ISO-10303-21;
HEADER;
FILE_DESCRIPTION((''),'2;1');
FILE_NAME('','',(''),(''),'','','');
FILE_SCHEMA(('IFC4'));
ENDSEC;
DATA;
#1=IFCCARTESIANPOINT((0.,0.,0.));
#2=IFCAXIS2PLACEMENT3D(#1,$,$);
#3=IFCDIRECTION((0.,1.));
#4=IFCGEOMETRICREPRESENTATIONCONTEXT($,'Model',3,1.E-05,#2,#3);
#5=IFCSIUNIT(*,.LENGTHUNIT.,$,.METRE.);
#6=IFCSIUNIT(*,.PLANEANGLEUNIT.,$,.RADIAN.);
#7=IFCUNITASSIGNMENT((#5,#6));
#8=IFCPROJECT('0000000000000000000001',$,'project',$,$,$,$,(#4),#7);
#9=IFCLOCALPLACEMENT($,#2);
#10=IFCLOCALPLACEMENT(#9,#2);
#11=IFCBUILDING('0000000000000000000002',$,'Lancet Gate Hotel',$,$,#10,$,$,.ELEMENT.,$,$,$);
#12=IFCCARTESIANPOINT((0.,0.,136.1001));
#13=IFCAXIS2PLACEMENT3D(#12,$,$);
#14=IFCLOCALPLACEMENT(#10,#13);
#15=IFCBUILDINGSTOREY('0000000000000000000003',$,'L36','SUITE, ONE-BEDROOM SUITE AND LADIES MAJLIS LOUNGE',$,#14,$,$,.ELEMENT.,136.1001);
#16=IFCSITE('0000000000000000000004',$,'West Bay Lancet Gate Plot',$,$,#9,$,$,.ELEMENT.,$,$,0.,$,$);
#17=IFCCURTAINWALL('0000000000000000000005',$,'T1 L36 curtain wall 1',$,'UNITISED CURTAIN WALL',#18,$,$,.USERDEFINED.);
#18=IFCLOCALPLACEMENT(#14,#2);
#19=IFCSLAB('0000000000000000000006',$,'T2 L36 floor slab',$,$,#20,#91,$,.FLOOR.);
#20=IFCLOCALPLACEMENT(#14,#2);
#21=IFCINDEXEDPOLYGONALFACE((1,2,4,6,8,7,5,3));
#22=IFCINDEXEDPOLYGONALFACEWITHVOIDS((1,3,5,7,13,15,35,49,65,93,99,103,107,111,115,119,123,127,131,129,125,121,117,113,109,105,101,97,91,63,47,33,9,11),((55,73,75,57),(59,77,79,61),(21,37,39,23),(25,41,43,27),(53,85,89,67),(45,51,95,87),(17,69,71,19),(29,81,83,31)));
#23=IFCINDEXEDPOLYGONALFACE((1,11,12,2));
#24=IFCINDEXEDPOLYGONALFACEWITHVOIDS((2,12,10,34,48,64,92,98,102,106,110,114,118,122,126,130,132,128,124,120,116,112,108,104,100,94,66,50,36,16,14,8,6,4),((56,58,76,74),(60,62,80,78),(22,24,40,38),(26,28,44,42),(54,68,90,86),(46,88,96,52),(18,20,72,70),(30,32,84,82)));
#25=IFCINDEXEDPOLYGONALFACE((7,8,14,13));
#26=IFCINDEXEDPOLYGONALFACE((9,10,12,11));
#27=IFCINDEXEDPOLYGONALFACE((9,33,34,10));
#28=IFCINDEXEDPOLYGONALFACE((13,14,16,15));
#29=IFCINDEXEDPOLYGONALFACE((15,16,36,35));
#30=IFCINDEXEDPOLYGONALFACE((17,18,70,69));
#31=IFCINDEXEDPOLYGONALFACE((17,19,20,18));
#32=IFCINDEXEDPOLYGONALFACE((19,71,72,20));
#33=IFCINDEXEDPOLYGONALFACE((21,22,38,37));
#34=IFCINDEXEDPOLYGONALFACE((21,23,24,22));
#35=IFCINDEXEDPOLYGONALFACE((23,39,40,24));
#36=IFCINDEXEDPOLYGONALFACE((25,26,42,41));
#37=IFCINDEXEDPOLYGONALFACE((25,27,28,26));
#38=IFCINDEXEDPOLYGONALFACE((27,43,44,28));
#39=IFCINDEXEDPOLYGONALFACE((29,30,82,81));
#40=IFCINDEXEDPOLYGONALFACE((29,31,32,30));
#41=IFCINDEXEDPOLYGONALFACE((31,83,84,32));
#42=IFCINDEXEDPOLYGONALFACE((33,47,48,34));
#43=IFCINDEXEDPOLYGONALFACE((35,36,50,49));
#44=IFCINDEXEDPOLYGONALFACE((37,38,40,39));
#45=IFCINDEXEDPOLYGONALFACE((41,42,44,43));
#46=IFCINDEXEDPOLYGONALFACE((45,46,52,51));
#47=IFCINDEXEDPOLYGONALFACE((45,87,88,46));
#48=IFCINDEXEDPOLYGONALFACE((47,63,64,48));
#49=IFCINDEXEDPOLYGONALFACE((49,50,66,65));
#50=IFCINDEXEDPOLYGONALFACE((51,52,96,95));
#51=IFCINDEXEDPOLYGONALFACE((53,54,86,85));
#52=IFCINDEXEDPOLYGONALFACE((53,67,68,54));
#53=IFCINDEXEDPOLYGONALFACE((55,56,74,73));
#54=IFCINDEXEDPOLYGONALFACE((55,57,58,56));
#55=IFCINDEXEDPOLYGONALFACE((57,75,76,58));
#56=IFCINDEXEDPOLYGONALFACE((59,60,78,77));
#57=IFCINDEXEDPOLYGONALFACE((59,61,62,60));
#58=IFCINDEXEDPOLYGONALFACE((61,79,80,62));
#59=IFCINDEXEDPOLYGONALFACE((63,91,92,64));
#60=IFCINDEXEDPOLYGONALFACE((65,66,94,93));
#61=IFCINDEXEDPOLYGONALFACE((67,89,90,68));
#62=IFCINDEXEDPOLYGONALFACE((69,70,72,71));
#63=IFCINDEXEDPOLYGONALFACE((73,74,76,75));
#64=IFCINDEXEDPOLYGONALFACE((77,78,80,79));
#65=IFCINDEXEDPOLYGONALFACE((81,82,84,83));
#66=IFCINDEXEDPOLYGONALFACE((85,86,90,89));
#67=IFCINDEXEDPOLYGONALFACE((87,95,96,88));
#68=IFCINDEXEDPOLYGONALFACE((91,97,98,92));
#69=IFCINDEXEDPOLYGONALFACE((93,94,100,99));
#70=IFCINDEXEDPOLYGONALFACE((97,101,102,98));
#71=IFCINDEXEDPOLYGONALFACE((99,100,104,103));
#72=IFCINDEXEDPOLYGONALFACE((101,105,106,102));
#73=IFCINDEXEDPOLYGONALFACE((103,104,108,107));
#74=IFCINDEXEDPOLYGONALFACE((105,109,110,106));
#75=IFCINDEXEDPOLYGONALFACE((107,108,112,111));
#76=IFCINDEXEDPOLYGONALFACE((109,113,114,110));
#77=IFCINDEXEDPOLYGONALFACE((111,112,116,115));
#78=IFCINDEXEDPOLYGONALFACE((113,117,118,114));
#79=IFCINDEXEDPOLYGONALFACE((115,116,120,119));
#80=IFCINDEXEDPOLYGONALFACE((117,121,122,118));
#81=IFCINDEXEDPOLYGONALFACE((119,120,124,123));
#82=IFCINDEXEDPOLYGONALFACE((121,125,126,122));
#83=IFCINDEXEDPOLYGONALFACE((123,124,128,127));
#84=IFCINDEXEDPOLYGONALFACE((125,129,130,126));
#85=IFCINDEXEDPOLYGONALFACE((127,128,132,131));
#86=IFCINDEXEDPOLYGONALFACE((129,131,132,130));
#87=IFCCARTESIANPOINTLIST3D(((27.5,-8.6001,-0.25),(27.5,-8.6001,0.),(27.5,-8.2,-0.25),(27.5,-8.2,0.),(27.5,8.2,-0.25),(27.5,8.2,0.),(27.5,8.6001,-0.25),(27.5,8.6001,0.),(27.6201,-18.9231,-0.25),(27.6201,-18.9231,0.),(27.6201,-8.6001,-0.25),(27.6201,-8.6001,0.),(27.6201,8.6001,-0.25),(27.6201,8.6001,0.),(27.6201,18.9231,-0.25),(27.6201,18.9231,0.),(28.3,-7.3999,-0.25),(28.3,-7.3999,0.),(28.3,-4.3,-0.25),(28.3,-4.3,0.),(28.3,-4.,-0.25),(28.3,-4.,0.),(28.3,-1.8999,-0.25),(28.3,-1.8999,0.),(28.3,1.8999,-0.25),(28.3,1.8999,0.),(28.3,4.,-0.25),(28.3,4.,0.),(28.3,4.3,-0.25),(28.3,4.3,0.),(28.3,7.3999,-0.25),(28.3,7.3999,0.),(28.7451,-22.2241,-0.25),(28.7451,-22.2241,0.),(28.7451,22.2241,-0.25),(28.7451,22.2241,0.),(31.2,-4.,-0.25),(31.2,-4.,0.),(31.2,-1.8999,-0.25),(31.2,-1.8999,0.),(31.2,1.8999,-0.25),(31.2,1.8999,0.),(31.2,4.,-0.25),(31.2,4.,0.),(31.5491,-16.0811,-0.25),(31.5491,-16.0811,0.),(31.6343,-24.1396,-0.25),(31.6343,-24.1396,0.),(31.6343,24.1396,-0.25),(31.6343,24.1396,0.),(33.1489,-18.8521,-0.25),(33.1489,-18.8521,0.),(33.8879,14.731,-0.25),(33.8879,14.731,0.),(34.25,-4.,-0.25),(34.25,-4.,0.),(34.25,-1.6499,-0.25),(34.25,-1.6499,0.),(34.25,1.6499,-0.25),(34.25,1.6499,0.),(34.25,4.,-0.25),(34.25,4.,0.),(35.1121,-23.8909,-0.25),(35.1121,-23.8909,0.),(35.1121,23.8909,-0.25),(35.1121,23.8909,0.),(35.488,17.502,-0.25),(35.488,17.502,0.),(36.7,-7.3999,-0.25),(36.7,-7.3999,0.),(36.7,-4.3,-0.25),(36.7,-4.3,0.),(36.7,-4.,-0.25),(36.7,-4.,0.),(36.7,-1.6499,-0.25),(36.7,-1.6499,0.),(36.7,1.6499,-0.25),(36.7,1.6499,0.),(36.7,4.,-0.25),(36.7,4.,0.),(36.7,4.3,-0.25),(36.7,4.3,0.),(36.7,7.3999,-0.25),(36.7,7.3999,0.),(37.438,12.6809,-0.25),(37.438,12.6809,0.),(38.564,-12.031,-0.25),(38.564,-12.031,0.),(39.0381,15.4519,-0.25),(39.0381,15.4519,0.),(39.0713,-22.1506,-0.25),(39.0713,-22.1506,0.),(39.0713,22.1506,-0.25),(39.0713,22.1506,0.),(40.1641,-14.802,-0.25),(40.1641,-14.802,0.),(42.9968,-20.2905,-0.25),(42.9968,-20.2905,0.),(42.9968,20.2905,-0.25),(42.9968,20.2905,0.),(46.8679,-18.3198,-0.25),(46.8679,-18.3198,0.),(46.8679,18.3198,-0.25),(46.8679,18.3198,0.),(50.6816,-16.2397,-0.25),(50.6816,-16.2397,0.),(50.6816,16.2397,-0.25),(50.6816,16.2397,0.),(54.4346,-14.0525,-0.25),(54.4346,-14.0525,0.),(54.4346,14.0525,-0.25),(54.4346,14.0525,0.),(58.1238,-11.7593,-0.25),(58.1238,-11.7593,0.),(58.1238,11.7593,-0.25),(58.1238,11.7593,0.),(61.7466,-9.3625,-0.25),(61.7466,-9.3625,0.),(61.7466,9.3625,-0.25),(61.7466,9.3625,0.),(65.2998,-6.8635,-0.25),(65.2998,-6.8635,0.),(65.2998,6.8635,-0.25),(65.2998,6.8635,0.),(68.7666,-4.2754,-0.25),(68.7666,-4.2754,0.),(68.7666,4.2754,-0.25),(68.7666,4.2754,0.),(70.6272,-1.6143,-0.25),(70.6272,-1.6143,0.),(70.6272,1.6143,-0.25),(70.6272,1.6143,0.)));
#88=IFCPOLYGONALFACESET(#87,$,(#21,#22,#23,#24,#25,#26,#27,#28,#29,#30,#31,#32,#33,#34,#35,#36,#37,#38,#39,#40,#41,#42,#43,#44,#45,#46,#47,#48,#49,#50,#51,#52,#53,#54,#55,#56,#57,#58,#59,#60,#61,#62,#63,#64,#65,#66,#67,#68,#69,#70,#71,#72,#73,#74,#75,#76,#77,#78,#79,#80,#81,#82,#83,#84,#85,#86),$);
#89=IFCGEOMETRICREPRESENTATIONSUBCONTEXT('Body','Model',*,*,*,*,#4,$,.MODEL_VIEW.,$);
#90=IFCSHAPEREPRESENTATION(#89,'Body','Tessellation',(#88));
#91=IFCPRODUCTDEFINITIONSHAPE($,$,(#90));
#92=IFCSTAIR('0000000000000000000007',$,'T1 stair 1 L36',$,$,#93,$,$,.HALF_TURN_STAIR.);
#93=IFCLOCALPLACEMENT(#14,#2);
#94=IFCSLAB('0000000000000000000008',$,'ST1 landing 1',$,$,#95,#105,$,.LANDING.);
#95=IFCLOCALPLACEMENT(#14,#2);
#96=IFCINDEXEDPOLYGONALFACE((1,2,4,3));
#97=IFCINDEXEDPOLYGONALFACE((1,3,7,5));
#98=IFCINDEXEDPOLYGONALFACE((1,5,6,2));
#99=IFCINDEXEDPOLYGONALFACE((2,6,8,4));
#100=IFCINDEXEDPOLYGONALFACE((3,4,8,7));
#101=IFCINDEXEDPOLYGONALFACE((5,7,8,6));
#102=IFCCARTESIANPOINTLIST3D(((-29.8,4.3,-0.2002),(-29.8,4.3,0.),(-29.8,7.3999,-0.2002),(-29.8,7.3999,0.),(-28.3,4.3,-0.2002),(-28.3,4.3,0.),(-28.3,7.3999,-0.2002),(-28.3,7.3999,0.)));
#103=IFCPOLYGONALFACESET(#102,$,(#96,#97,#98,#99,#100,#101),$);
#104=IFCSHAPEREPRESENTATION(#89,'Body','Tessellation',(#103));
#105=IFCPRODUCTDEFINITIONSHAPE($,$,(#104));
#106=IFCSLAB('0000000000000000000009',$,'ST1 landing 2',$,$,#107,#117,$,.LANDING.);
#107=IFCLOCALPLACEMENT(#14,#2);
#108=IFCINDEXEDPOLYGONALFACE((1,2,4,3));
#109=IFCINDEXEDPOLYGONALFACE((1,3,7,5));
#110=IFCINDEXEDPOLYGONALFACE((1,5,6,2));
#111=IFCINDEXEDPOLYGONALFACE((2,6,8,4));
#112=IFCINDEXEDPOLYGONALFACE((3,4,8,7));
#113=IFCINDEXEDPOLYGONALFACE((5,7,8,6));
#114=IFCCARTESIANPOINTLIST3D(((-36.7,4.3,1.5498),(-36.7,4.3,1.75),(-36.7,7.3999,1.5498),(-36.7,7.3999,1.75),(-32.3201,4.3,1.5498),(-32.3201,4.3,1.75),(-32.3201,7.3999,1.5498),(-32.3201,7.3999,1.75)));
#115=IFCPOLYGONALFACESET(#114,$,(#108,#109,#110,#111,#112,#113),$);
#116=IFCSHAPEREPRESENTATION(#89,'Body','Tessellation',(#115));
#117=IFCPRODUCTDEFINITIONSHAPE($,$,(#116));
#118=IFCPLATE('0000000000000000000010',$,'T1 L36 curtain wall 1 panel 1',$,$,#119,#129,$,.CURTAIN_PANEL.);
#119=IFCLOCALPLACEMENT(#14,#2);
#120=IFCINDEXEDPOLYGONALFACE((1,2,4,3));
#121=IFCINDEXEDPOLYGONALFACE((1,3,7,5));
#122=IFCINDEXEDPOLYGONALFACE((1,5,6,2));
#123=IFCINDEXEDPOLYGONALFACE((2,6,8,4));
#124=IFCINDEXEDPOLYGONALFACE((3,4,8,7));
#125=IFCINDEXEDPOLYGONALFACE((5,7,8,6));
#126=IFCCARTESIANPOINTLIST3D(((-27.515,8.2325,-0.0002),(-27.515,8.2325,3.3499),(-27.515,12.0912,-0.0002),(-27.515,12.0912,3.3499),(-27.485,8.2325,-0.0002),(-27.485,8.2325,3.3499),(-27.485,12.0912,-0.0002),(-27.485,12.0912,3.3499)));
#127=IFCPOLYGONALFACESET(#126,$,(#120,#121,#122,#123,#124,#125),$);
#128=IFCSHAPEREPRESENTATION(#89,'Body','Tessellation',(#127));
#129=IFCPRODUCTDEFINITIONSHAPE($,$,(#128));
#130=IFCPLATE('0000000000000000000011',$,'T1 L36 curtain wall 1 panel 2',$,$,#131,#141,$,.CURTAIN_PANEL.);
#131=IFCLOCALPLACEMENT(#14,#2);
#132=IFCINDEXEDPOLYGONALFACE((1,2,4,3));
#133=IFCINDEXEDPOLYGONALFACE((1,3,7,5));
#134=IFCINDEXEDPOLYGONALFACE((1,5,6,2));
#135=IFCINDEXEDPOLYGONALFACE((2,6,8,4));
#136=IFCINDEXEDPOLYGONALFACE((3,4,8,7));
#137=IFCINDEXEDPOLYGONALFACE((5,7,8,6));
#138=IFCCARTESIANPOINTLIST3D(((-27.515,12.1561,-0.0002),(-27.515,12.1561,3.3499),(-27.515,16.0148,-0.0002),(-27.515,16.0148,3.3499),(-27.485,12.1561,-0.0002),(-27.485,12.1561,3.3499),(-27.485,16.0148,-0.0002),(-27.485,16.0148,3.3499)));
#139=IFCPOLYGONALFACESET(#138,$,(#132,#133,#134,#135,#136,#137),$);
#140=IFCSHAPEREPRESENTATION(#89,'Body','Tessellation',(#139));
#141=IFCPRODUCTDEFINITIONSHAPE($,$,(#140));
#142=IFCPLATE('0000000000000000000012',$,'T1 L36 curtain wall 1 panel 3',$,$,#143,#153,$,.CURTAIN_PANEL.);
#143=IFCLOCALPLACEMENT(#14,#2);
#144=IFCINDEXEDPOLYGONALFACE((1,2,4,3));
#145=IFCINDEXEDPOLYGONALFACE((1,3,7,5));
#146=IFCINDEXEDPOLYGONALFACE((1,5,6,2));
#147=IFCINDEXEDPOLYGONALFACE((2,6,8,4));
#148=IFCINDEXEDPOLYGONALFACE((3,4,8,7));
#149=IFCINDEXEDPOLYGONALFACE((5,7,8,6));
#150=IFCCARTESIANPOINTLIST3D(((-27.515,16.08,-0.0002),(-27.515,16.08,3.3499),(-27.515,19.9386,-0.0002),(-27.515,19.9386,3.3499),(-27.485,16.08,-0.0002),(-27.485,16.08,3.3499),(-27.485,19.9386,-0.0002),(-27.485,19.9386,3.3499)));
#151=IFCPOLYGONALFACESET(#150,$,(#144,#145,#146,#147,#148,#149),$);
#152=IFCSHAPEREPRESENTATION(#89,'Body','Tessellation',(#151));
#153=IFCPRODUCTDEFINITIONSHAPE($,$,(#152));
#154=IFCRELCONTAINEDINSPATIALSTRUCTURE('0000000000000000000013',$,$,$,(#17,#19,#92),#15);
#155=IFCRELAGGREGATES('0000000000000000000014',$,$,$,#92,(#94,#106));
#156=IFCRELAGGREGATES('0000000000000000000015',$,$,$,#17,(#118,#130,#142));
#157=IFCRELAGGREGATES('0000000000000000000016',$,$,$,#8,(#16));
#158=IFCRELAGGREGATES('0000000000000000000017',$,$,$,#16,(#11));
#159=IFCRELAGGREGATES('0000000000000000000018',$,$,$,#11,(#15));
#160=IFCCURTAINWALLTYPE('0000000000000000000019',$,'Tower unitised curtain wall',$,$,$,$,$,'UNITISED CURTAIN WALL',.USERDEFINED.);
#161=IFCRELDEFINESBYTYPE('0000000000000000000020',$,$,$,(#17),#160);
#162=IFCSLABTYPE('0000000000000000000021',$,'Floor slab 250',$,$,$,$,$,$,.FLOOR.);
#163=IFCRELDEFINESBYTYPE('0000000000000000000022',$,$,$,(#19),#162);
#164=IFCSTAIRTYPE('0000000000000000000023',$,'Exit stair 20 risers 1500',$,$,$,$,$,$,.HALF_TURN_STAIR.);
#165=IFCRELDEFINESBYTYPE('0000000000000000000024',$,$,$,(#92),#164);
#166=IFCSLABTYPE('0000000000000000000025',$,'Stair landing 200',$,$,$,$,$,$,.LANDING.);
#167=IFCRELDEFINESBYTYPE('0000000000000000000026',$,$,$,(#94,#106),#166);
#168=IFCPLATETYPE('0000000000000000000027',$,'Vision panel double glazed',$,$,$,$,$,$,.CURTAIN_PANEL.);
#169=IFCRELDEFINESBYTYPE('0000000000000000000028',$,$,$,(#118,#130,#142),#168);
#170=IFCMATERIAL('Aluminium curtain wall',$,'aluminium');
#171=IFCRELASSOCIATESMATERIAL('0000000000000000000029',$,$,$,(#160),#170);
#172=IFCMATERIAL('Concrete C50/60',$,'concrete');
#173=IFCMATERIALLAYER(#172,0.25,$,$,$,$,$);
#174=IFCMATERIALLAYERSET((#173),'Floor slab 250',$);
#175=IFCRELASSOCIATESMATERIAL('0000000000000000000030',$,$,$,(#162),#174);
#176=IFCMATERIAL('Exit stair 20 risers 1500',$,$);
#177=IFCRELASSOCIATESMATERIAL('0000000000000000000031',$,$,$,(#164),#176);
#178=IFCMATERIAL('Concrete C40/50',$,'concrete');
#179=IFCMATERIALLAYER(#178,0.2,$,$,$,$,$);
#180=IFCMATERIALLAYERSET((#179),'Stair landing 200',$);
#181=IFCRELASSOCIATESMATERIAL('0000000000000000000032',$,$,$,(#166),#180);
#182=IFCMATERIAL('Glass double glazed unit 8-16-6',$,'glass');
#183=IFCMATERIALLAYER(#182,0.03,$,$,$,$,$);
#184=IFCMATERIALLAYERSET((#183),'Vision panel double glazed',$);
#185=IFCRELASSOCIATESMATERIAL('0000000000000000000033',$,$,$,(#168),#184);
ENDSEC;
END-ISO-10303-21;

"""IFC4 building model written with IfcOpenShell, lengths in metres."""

from ifc_helpers import new_model, si_unit, direction, frame, origin, origin_2d, place, context, subcontext, project, spatial, polyline, rectangle, outline, extrude, material, layer, layer_set, type_object, element, aggregate, save


model = new_model("IFC4")

# Units and contexts
model_context = context("Model", 3, precision=1e-05, world=origin(), true_north=direction((0.0, 1.0)))
body_context = subcontext(model_context, "Body", "Model", "MODEL_VIEW")
ifc_project = project(units=[si_unit("LENGTHUNIT", "METRE"), si_unit("PLANEANGLEUNIT", "RADIAN")], contexts=[model_context])

# Site, building, storey
site_placement = place(None, origin())
site = spatial("IfcSite", under=ifc_project, at=site_placement, Name="West Bay Lancet Gate Plot", CompositionType="ELEMENT", RefElevation=0.0)
building_placement = place(site_placement, origin())
building = spatial("IfcBuilding", under=site, at=building_placement, Name="Lancet Gate Hotel", CompositionType="ELEMENT")
storey_placement = place(building_placement, frame((0.0, 0.0, 136.1001)))
storey = spatial("IfcBuildingStorey", under=building, at=storey_placement, Name="L36", Description="SUITE, ONE-BEDROOM SUITE AND LADIES MAJLIS LOUNGE", CompositionType="ELEMENT", Elevation=136.1001)

# Curtain wall
ifc_material_1 = material(Name="Aluminium curtain wall", Category="aluminium")
curtain_wall_type = type_object("IfcCurtainWallType", Name="Tower unitised curtain wall", ElementType="UNITISED CURTAIN WALL", PredefinedType="USERDEFINED", material=ifc_material_1)
curtain_wall_placement = place(storey_placement, origin())
curtain_wall = element("IfcCurtainWall", 1, at=curtain_wall_placement, inside=storey, type_object=curtain_wall_type, Name="T1 L36 curtain wall 1", ObjectType="UNITISED CURTAIN WALL", PredefinedType="USERDEFINED")

# Slab
ifc_material_2 = material(Name="Concrete C50/60", Category="concrete")
ifc_layer_1 = layer(ifc_material_2, 0.25)
ifc_layer_set_1 = layer_set([ifc_layer_1], Name="Floor slab 250")
slab_type_1 = type_object("IfcSlabType", Name="Floor slab 250", PredefinedType="FLOOR", material=ifc_layer_set_1)
slab_1_placement = place(storey_placement, frame((0.0, 0.0, -0.25)))
element("IfcSlab", 2, at=slab_1_placement, inside=storey, type_object=slab_type_1, Name="T2 L36 floor slab", PredefinedType="FLOOR", context=body_context, shape_type="SweptSolid", body=[
    extrude(outline(polyline([(27.5, -8.6001), (27.6201, -8.6001), (27.6201, -18.9231), (28.7451, -22.2241), (31.6343, -24.1396), (35.1121, -23.8909), (39.0713, -22.1506), (42.9968, -20.2905), (46.8679, -18.3198), (50.6816, -16.2397), (54.4346, -14.0525), (58.1238, -11.7593), (61.7466, -9.3625), (65.2998, -6.8635), (68.7666, -4.2754), (70.6272, -1.6143), (70.6272, 1.6143), (68.7666, 4.2754), (65.2998, 6.8635), (61.7466, 9.3625), (58.1238, 11.7593), (54.4346, 14.0525), (50.6816, 16.2397), (46.8679, 18.3198), (42.9968, 20.2905), (39.0713, 22.1506), (35.1121, 23.8909), (31.6343, 24.1396), (28.7451, 22.2241), (27.6201, 18.9231), (27.6201, 8.6001), (27.5, 8.6001), (27.5, 8.2), (27.5, -8.2), (27.5, -8.6001)]), holes=[polyline([(36.7, -7.3999), (36.7, -4.3), (28.3, -4.3), (28.3, -7.3999), (36.7, -7.3999)]), polyline([(28.3, -4.0), (31.2, -4.0), (31.2, -1.8999), (28.3, -1.8999), (28.3, -4.0)]), polyline([(34.25, -4.0), (36.7, -4.0), (36.7, -1.6499), (34.25, -1.6499), (34.25, -4.0)]), polyline([(36.7, 1.6499), (36.7, 4.0), (34.25, 4.0), (34.25, 1.6499), (36.7, 1.6499)]), polyline([(28.3, 1.8999), (31.2, 1.8999), (31.2, 4.0), (28.3, 4.0), (28.3, 1.8999)]), polyline([(28.3, 4.3), (36.7, 4.3), (36.7, 7.3999), (28.3, 7.3999), (28.3, 4.3)]), polyline([(31.5491, -16.0811), (33.1489, -18.8521), (40.1641, -14.802), (38.564, -12.031), (31.5491, -16.0811)]), polyline([(33.8879, 14.731), (37.438, 12.6809), (39.0381, 15.4519), (35.488, 17.502), (33.8879, 14.731)])]), origin(), (0.0, 0.0, 1.0), 0.25),
])

# Stair, slabs
ifc_material_3 = material(Name="Exit stair 20 risers 1500")
stair_type = type_object("IfcStairType", Name="Exit stair 20 risers 1500", PredefinedType="HALF_TURN_STAIR", material=ifc_material_3)
stair_placement = place(storey_placement, origin())
stair = element("IfcStair", 3, at=stair_placement, inside=storey, type_object=stair_type, Name="T1 stair 1 L36", PredefinedType="HALF_TURN_STAIR")
ifc_material_4 = material(Name="Concrete C40/50", Category="concrete")
ifc_layer_2 = layer(ifc_material_4, 0.2)
ifc_layer_set_2 = layer_set([ifc_layer_2], Name="Stair landing 200")
slab_type_2 = type_object("IfcSlabType", Name="Stair landing 200", PredefinedType="LANDING", material=ifc_layer_set_2)
slab_2_placement = place(storey_placement, frame((0.0, 0.0, -0.2002)))
slab_2 = element("IfcSlab", 4, at=slab_2_placement, type_object=slab_type_2, Name="ST1 landing 1", PredefinedType="LANDING", context=body_context, shape_type="SweptSolid", body=[
    extrude(outline(polyline([(-28.3, 7.3999), (-29.8, 7.3999), (-29.8, 4.3), (-28.3, 4.3), (-28.3, 7.3999)])), origin(), (0.0, 0.0, 1.0), 0.2002),
])
slab_3_placement = place(storey_placement, frame((0.0, 0.0, 1.5498)))
slab_3 = element("IfcSlab", 5, at=slab_3_placement, type_object=slab_type_2, Name="ST1 landing 2", PredefinedType="LANDING", context=body_context, shape_type="SweptSolid", body=[
    extrude(outline(polyline([(-32.3201, 7.3999), (-36.7, 7.3999), (-36.7, 4.3), (-32.3201, 4.3), (-32.3201, 7.3999)])), origin(), (0.0, 0.0, 1.0), 0.2002),
])
aggregate(stair, [slab_2, slab_3])

# Plates
ifc_material_5 = material(Name="Glass double glazed unit 8-16-6", Category="glass")
ifc_layer_3 = layer(ifc_material_5, 0.03)
ifc_layer_set_3 = layer_set([ifc_layer_3], Name="Vision panel double glazed")
plate_type = type_object("IfcPlateType", Name="Vision panel double glazed", PredefinedType="CURTAIN_PANEL", material=ifc_layer_set_3)
plate_1_placement = place(storey_placement, frame((-27.5, 10.1619, -0.0002), z_axis=(0.0, 0.0, 1.0), x_axis=(0.0, 1.0, 0.0)))
plate_1 = element("IfcPlate", 6, at=plate_1_placement, type_object=plate_type, Name="T1 L36 curtain wall 1 panel 1", PredefinedType="CURTAIN_PANEL", context=body_context, shape_type="SweptSolid", body=[
    extrude(rectangle(XDim=3.8586, YDim=0.03, at=origin_2d()), origin(), (0.0, 0.0, 1.0), 3.3501),
])
plate_2_placement = place(storey_placement, frame((-27.5, 14.0854, -0.0002), z_axis=(0.0, 0.0, 1.0), x_axis=(0.0, 1.0, 0.0)))
plate_2 = element("IfcPlate", 7, at=plate_2_placement, type_object=plate_type, Name="T1 L36 curtain wall 1 panel 2", PredefinedType="CURTAIN_PANEL", context=body_context, shape_type="SweptSolid", body=[
    extrude(rectangle(XDim=3.8586, YDim=0.03, at=origin_2d()), origin(), (0.0, 0.0, 1.0), 3.3501),
])
plate_3_placement = place(storey_placement, frame((-27.5, 18.0093, -0.0002), z_axis=(0.0, 0.0, 1.0), x_axis=(0.0, 1.0, 0.0)))
plate_3 = element("IfcPlate", 8, at=plate_3_placement, type_object=plate_type, Name="T1 L36 curtain wall 1 panel 3", PredefinedType="CURTAIN_PANEL", context=body_context, shape_type="SweptSolid", body=[
    extrude(rectangle(XDim=3.8586, YDim=0.03, at=origin_2d()), origin(), (0.0, 0.0, 1.0), 3.3501),
])
aggregate(curtain_wall, [plate_1, plate_2, plate_3])

save(model, "model.ifc")
